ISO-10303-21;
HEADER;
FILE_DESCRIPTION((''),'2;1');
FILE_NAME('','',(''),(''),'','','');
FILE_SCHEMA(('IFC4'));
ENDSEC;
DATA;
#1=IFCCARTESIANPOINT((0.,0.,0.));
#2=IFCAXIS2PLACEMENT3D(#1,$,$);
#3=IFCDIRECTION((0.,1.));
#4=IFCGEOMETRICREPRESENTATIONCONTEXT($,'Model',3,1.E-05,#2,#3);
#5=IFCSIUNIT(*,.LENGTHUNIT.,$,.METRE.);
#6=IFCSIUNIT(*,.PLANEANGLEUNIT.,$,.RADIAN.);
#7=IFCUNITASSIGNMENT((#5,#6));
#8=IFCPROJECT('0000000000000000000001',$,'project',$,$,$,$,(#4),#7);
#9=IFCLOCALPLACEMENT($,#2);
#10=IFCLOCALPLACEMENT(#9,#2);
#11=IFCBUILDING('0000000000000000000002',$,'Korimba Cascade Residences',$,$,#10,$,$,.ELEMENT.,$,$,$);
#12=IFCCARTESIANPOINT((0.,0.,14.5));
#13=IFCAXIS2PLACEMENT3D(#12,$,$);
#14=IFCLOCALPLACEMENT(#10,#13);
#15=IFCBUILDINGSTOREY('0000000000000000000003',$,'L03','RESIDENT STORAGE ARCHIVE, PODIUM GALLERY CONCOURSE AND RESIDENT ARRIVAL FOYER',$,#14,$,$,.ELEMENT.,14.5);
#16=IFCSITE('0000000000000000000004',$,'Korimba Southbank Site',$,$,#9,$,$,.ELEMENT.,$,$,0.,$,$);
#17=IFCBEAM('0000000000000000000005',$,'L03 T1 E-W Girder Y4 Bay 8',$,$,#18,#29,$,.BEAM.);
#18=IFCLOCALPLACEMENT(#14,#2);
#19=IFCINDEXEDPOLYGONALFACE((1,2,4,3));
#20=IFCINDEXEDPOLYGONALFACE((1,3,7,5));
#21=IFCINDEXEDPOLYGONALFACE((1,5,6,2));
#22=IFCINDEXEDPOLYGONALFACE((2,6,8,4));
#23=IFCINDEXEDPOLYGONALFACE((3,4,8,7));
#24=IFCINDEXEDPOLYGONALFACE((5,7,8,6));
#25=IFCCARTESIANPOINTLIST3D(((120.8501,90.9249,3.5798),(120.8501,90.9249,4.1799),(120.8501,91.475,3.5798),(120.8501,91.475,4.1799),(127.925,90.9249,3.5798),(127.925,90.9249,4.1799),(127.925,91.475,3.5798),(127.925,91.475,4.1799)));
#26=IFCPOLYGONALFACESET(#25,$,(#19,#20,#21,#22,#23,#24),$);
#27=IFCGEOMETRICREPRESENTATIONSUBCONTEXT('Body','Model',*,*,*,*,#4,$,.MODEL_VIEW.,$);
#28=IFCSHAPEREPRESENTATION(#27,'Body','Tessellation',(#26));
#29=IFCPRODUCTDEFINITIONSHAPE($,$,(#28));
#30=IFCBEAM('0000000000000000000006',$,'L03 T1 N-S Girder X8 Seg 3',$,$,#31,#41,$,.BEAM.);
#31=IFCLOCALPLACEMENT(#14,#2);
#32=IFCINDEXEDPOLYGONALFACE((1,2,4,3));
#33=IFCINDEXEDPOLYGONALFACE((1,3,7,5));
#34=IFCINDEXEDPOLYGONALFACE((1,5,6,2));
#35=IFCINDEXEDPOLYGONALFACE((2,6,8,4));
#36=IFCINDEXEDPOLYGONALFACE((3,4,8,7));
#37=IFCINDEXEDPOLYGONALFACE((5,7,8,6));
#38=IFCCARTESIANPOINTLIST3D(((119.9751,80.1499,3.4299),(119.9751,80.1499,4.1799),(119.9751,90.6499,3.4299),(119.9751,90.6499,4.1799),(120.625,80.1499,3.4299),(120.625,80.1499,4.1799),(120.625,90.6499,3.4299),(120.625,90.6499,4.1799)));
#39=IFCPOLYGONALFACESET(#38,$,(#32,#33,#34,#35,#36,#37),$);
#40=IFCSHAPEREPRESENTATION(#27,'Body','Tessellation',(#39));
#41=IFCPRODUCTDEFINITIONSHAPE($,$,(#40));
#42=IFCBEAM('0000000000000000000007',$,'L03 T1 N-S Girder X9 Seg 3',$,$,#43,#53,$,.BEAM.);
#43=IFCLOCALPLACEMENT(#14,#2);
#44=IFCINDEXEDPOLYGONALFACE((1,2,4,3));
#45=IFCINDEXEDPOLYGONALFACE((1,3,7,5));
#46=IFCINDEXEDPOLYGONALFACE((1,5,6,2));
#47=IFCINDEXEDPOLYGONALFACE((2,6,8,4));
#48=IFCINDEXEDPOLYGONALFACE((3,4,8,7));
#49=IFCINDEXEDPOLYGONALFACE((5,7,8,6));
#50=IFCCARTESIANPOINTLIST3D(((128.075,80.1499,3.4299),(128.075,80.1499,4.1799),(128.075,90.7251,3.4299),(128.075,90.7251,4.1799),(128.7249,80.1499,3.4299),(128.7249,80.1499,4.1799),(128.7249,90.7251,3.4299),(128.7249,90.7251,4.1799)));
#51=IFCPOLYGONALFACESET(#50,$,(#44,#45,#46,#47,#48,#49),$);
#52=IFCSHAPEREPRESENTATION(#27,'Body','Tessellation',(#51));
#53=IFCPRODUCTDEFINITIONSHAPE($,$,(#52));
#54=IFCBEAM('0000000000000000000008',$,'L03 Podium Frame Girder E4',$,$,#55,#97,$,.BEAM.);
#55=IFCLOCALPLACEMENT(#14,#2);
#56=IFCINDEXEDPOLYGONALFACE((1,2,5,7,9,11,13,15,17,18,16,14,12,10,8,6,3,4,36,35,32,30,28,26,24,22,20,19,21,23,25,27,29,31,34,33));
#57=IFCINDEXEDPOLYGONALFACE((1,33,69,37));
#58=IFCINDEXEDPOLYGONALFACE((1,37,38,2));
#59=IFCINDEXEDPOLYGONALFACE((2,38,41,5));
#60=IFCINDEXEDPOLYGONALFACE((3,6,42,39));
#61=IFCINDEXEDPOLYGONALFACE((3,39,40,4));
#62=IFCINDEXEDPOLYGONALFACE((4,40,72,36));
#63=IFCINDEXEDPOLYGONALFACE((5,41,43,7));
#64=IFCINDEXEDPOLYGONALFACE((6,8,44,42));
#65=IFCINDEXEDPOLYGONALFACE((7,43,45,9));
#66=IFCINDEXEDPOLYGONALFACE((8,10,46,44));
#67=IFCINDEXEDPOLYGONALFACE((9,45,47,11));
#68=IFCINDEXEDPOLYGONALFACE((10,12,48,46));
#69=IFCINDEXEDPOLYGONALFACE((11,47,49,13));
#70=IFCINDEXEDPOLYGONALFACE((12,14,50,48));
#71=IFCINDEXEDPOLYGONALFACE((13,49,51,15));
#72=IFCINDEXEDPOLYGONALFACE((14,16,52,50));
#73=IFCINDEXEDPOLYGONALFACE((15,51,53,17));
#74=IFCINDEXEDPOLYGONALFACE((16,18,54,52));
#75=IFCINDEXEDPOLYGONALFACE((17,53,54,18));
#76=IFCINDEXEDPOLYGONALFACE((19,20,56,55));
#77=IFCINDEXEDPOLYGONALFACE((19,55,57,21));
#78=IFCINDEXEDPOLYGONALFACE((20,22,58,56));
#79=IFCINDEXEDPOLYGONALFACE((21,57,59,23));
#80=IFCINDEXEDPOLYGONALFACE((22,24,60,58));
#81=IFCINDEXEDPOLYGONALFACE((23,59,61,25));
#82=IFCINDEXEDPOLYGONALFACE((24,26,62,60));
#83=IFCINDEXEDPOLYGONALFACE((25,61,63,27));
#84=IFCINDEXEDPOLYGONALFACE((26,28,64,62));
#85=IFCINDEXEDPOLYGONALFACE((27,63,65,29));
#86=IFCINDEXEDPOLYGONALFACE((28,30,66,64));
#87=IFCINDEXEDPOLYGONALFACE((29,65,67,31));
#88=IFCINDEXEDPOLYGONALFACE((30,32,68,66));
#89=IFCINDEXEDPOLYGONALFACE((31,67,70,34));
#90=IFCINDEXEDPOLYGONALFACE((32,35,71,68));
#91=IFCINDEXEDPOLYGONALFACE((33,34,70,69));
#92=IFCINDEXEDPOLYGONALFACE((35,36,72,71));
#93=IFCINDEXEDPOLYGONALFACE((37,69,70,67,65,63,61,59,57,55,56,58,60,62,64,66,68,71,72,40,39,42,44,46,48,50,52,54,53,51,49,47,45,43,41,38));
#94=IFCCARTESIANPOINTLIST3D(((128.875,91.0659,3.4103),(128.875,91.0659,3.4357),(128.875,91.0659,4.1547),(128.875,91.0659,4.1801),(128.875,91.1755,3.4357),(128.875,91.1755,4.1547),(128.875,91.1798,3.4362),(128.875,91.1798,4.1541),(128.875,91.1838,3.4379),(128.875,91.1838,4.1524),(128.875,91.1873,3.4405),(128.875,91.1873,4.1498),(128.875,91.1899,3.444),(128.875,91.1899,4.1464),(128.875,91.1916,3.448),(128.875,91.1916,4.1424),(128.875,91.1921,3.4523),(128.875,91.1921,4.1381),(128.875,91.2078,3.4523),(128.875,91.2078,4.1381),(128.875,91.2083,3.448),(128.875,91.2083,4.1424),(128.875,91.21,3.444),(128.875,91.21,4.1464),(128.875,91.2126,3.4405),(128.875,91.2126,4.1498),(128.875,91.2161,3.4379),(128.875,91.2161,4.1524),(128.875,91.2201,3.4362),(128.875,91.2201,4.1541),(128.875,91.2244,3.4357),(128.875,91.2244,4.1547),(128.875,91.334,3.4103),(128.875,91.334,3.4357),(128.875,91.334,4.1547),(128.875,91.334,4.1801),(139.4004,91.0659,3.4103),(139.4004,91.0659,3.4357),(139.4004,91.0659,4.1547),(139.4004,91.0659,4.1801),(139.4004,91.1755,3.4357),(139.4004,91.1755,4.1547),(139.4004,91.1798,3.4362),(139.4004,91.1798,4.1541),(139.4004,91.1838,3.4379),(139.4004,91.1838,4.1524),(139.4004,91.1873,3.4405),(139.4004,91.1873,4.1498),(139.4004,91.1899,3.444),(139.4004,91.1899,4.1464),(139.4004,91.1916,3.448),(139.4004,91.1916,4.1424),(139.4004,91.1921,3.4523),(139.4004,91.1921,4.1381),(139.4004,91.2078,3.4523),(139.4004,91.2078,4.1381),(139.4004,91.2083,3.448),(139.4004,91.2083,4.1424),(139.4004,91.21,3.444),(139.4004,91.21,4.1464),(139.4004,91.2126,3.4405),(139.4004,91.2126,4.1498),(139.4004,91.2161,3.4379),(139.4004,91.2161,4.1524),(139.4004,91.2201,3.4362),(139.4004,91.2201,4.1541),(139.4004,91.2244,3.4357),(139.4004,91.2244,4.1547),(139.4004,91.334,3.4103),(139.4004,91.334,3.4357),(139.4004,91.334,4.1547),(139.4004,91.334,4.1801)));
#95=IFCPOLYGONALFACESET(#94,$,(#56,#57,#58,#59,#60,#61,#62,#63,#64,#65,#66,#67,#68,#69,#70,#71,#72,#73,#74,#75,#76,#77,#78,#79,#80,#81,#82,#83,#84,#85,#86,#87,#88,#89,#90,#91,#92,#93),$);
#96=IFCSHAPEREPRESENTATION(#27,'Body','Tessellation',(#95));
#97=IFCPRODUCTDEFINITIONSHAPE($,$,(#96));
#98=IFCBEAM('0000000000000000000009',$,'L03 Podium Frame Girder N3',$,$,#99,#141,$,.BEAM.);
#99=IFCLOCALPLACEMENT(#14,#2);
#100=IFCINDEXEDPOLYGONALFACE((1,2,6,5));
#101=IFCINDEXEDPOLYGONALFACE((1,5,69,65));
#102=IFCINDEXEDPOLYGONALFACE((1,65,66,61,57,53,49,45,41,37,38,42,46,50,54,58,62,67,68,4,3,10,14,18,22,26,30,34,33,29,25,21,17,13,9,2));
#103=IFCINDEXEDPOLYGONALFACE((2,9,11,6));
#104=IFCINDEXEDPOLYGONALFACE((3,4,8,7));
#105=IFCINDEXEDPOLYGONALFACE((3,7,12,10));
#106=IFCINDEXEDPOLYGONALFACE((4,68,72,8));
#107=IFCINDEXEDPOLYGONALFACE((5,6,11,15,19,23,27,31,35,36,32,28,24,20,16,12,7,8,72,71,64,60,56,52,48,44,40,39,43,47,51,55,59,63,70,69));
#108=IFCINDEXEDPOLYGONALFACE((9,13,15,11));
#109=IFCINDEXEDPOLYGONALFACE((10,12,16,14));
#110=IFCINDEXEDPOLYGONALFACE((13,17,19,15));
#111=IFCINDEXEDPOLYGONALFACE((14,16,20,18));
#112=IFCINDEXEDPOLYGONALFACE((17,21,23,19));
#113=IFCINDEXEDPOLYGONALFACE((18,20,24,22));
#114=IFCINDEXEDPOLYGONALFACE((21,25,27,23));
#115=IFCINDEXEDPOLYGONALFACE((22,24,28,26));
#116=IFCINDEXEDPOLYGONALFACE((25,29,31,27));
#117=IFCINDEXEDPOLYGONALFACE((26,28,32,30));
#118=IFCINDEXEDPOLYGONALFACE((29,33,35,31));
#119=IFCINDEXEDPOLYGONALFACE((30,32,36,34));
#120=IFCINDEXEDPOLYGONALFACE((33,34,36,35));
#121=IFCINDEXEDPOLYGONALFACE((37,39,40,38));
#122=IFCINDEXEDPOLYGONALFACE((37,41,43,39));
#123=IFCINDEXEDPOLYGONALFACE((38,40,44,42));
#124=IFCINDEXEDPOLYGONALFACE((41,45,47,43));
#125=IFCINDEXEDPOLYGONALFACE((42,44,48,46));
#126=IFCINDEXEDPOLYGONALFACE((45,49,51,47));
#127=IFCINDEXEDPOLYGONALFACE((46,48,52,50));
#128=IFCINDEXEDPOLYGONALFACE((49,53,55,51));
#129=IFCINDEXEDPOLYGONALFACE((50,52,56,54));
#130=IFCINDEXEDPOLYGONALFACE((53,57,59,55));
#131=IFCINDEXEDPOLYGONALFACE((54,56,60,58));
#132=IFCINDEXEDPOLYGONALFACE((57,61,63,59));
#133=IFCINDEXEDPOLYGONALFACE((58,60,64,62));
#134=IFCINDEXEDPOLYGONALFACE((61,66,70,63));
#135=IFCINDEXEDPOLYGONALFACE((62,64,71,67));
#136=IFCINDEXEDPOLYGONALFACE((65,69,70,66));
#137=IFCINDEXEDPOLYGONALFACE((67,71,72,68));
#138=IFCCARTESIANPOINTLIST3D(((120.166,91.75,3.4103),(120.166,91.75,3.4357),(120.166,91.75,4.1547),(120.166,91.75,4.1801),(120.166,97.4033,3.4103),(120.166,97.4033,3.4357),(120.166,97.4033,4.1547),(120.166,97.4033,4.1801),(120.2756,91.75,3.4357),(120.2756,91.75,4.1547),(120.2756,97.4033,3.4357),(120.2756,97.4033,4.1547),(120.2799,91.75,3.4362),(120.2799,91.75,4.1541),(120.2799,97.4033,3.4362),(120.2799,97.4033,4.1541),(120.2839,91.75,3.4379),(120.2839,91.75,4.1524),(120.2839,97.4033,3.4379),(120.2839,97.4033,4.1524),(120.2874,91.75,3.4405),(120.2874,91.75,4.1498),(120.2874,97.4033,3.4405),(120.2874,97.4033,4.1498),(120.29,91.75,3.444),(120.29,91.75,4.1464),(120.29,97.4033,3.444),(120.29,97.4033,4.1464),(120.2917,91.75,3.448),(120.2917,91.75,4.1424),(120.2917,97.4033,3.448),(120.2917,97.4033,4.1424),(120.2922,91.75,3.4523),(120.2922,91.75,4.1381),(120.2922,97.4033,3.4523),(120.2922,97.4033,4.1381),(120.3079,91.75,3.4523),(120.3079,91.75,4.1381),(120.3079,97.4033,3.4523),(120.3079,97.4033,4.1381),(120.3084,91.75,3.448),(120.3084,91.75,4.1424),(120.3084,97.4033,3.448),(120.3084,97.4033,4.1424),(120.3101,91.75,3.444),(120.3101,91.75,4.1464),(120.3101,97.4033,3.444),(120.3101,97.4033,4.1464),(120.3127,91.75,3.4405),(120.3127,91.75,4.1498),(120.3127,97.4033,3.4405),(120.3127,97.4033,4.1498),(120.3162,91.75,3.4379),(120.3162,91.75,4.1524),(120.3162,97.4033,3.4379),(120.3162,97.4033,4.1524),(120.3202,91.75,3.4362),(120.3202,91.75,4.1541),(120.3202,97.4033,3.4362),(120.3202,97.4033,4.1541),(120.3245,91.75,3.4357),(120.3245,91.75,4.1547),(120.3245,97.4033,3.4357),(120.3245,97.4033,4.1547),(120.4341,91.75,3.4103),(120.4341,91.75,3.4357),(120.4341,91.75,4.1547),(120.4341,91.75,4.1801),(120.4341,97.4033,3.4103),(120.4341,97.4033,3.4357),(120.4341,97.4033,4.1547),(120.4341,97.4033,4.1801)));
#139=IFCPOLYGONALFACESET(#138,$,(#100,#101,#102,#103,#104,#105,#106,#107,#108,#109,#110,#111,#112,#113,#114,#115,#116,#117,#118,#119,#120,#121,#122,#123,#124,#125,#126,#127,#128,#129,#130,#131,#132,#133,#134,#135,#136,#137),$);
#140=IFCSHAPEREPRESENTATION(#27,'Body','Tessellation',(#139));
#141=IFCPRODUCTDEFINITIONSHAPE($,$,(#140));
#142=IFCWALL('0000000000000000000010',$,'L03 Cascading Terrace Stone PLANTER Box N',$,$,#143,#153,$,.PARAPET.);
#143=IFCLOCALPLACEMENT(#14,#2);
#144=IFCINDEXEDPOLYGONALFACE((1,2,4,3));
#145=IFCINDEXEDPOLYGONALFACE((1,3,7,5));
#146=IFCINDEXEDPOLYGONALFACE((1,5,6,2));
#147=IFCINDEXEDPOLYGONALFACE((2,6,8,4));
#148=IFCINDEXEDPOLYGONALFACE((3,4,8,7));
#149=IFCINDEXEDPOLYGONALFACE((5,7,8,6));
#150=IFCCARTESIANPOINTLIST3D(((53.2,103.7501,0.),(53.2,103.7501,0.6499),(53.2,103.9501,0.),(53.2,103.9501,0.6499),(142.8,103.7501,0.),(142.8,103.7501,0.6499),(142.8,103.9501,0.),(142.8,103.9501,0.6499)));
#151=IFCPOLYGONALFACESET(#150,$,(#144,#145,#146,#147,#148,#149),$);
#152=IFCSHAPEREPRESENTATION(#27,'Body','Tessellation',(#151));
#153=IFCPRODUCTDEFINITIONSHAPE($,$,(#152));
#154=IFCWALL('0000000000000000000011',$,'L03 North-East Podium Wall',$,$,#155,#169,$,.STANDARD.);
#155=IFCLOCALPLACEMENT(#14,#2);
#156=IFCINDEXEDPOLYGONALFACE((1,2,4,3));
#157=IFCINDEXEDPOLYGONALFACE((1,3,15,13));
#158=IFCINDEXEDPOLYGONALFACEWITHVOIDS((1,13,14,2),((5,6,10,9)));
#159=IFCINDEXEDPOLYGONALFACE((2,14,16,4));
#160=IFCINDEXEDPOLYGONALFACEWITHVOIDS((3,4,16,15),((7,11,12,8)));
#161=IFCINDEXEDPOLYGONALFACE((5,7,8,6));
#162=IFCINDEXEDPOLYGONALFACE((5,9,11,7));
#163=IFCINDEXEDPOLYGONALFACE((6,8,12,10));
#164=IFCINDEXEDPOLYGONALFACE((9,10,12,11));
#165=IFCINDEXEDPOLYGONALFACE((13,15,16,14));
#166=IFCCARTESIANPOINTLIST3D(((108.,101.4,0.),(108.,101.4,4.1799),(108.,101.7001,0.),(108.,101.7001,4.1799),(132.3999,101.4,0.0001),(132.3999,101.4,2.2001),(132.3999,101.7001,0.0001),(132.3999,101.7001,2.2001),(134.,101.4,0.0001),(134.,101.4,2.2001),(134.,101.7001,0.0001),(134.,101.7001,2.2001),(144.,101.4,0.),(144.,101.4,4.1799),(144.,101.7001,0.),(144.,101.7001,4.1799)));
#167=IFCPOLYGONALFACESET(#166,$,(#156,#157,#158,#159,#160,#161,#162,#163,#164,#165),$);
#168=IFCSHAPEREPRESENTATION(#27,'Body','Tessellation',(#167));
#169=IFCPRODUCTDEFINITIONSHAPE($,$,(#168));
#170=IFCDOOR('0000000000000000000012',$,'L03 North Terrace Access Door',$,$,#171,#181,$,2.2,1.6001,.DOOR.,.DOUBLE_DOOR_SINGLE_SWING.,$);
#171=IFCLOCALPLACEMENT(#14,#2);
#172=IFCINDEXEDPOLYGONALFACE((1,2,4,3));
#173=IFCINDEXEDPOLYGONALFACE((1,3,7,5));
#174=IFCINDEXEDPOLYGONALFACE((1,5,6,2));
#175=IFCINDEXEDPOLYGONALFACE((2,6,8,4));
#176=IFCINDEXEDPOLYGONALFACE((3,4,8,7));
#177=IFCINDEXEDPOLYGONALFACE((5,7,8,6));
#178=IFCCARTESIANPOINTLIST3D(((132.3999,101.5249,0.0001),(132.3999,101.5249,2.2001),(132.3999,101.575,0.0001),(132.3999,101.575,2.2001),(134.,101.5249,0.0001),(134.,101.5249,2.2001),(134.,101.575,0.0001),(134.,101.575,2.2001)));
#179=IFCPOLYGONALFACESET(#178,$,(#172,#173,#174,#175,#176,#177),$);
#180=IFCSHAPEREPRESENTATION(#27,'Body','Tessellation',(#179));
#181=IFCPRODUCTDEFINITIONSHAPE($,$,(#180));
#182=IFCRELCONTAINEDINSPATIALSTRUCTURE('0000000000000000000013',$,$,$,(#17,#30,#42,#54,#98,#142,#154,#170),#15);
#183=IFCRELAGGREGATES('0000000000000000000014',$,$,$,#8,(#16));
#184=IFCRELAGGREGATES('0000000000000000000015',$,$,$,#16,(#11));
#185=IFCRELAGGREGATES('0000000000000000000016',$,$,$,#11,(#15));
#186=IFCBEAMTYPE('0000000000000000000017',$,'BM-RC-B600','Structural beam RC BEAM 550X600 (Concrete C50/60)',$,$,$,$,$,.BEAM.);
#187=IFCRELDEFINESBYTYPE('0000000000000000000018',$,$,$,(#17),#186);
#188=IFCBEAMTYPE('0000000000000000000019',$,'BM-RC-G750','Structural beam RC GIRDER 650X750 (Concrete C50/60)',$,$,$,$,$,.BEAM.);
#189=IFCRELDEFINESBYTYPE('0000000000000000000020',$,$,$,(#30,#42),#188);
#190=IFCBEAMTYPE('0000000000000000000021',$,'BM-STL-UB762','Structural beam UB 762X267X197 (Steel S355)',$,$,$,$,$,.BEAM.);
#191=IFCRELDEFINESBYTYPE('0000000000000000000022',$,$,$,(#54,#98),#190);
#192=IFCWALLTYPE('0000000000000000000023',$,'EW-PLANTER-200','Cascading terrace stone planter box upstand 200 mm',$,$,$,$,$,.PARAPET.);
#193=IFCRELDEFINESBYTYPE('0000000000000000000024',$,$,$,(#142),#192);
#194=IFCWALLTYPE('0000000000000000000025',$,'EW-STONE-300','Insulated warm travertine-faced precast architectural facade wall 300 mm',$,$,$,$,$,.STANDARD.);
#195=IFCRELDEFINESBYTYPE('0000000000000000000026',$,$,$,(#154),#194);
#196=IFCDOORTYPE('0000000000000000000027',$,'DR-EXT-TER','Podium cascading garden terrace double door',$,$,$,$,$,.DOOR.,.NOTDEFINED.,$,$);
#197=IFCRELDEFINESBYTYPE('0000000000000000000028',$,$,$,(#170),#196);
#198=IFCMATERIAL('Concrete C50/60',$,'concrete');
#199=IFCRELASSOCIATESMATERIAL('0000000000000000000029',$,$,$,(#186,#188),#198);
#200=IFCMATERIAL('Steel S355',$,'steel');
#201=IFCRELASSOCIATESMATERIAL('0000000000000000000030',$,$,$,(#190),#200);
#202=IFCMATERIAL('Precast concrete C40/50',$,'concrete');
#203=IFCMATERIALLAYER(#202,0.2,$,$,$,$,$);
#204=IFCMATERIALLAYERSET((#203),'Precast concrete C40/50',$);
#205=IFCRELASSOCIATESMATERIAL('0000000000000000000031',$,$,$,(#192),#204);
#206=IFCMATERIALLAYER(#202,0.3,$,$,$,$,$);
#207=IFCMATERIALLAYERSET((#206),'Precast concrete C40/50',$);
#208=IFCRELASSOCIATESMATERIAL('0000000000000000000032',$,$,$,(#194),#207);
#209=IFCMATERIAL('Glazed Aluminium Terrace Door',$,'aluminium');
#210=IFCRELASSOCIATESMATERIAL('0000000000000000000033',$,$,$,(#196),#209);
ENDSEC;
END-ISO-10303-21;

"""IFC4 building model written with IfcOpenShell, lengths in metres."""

from ifc_helpers import new_model, si_unit, direction, frame, frame_2d, origin, origin_2d, place, context, subcontext, project, spatial, rectangle, i_section, extrude, material, layer, layer_set, material_profile, profile_set, type_object, element, fill, save


model = new_model("IFC4")

# Units and contexts
model_context = context("Model", 3, precision=1e-05, world=origin(), true_north=direction((0.0, 1.0)))
body_context = subcontext(model_context, "Body", "Model", "MODEL_VIEW")
ifc_project = project(units=[si_unit("LENGTHUNIT", "METRE"), si_unit("PLANEANGLEUNIT", "RADIAN")], contexts=[model_context])

# Site, building, storey
site_placement = place(None, origin())
site = spatial("IfcSite", under=ifc_project, at=site_placement, Name="Korimba Southbank Site", CompositionType="ELEMENT", RefElevation=0.0)
building_placement = place(site_placement, origin())
building = spatial("IfcBuilding", under=site, at=building_placement, Name="Korimba Cascade Residences", CompositionType="ELEMENT")
storey_placement = place(building_placement, frame((0.0, 0.0, 14.5)))
storey = spatial("IfcBuildingStorey", under=building, at=storey_placement, Name="L03", Description="RESIDENT STORAGE ARCHIVE, PODIUM GALLERY CONCOURSE AND RESIDENT ARRIVAL FOYER", CompositionType="ELEMENT", Elevation=14.5)

# Shared definitions
ifc_material_1 = material(Name="Steel S355", Category="steel")

# Beams
ifc_material_2 = material(Name="Concrete C50/60", Category="concrete")
ifc_material_profile_1 = material_profile(ifc_material_2, rectangle(XDim=0.55, YDim=0.6001, at=origin_2d()), Name="Concrete C50/60")
ifc_profile_set_1 = profile_set([ifc_material_profile_1], Name="Concrete C50/60")
beam_type_1 = type_object("IfcBeamType", Name="BM-RC-B600", Description="Structural beam RC BEAM 550X600 (Concrete C50/60)", PredefinedType="BEAM", material=ifc_profile_set_1)
beam_1_placement = place(storey_placement, frame((120.8501, 91.2, 3.8799), z_axis=(1.0, 0.0, 0.0), x_axis=(0.0, 1.0, 0.0)))
element("IfcBeam", 1, at=beam_1_placement, inside=storey, type_object=beam_type_1, Name="L03 T1 E-W Girder Y4 Bay 8", PredefinedType="BEAM", context=body_context, shape_type="SweptSolid", body=[
    extrude(rectangle(XDim=0.55, YDim=0.6001, at=origin_2d()), origin(), (0.0, 0.0, 1.0), 7.075),
])
ifc_material_profile_2 = material_profile(ifc_material_2, rectangle(XDim=0.6499, YDim=0.75, at=origin_2d()), Name="Concrete C50/60")
ifc_profile_set_2 = profile_set([ifc_material_profile_2], Name="Concrete C50/60")
beam_type_2 = type_object("IfcBeamType", Name="BM-RC-G750", Description="Structural beam RC GIRDER 650X750 (Concrete C50/60)", PredefinedType="BEAM", material=ifc_profile_set_2)
beam_2_placement = place(storey_placement, frame((120.3, 80.1499, 3.8049), z_axis=(0.0, 1.0, 0.0), x_axis=(-1.0, 0.0, 0.0)))
element("IfcBeam", 2, at=beam_2_placement, inside=storey, type_object=beam_type_2, Name="L03 T1 N-S Girder X8 Seg 3", PredefinedType="BEAM", context=body_context, shape_type="SweptSolid", body=[
    extrude(rectangle(XDim=0.6499, YDim=0.75, at=origin_2d()), origin(), (0.0, 0.0, 1.0), 10.5),
])
beam_3_placement = place(storey_placement, frame((128.3999, 80.1499, 3.8049), z_axis=(0.0, 1.0, 0.0), x_axis=(-1.0, 0.0, 0.0)))
element("IfcBeam", 3, at=beam_3_placement, inside=storey, type_object=beam_type_2, Name="L03 T1 N-S Girder X9 Seg 3", PredefinedType="BEAM", context=body_context, shape_type="SweptSolid", body=[
    extrude(rectangle(XDim=0.6499, YDim=0.75, at=origin_2d()), origin(), (0.0, 0.0, 1.0), 10.5752),
])
ifc_material_profile_3 = material_profile(ifc_material_1, i_section(OverallWidth=0.2681, OverallDepth=0.7698, WebThickness=0.0156, FlangeThickness=0.0254, FilletRadius=0.0166, at=origin_2d()), Name="Steel S355")
ifc_profile_set_3 = profile_set([ifc_material_profile_3], Name="Steel S355")
beam_type_3 = type_object("IfcBeamType", Name="BM-STL-UB762", Description="Structural beam UB 762X267X197 (Steel S355)", PredefinedType="BEAM", material=ifc_profile_set_3)
beam_4_placement = place(storey_placement, frame((128.875, 91.2, 3.7952), z_axis=(1.0, 0.0, 0.0), x_axis=(0.0, 1.0, 0.0)))
element("IfcBeam", 4, at=beam_4_placement, inside=storey, type_object=beam_type_3, Name="L03 Podium Frame Girder E4", PredefinedType="BEAM", context=body_context, shape_type="SweptSolid", body=[
    extrude(i_section(OverallWidth=0.2681, OverallDepth=0.7698, WebThickness=0.0156, FlangeThickness=0.0254, FilletRadius=0.0166, at=origin_2d()), origin(), (0.0, 0.0, 1.0), 10.5254),
])
beam_5_placement = place(storey_placement, frame((120.3, 91.75, 3.7952), z_axis=(0.0, 1.0, 0.0), x_axis=(-1.0, 0.0, 0.0)))
element("IfcBeam", 5, at=beam_5_placement, inside=storey, type_object=beam_type_3, Name="L03 Podium Frame Girder N3", PredefinedType="BEAM", context=body_context, shape_type="SweptSolid", body=[
    extrude(i_section(OverallWidth=0.2681, OverallDepth=0.7698, WebThickness=0.0156, FlangeThickness=0.0254, FilletRadius=0.0166, at=origin_2d()), origin(), (0.0, 0.0, 1.0), 5.6533),
])

# Wall
ifc_material_3 = material(Name="Precast concrete C40/50", Category="concrete")
ifc_layer_1 = layer(ifc_material_3, 0.2)
ifc_layer_set_1 = layer_set([ifc_layer_1], Name="Precast concrete C40/50")
wall_type_1 = type_object("IfcWallType", Name="EW-PLANTER-200", Description="Cascading terrace stone planter box upstand 200 mm", PredefinedType="PARAPET", material=ifc_layer_set_1)
wall_1_placement = place(storey_placement, frame((142.8, 103.8501, 0.0), z_axis=(0.0, 0.0, 1.0), x_axis=(-1.0, 0.0, 0.0)))
element("IfcWall", 6, at=wall_1_placement, inside=storey, type_object=wall_type_1, Name="L03 Cascading Terrace Stone PLANTER Box N", PredefinedType="PARAPET", context=body_context, shape_type="SweptSolid", body=[
    extrude(rectangle(XDim=89.6001, YDim=0.2, at=frame_2d((44.8, 0.0))), origin(), (0.0, 0.0, 1.0), 0.6499),
])

# Wall, opening, door
ifc_layer_2 = layer(ifc_material_3, 0.3)
ifc_layer_set_2 = layer_set([ifc_layer_2], Name="Precast concrete C40/50")
wall_type_2 = type_object("IfcWallType", Name="EW-STONE-300", Description="Insulated warm travertine-faced precast architectural facade wall 300 mm", PredefinedType="STANDARD", material=ifc_layer_set_2)
wall_2_placement = place(storey_placement, frame((144.0, 101.55, 0.0), z_axis=(0.0, 0.0, 1.0), x_axis=(-1.0, 0.0, 0.0)))
wall_2 = element("IfcWall", 7, at=wall_2_placement, inside=storey, type_object=wall_type_2, Name="L03 North-East Podium Wall", PredefinedType="STANDARD", context=body_context, shape_type="SweptSolid", body=[
    extrude(rectangle(XDim=36.0, YDim=0.3, at=frame_2d((18.0, 0.0))), origin(), (0.0, 0.0, 1.0), 4.1799),
])
opening_1_placement = place(wall_2_placement, frame((10.0, 0.0, 0.0)))
opening_1 = element("IfcOpeningElement", 8, at=opening_1_placement, cuts=wall_2, PredefinedType="OPENING", context=body_context, shape_type="SweptSolid", body=[
    extrude(rectangle(XDim=1.6001, YDim=2.2, at=frame_2d((0.8, 1.1001))), frame((0.0, 0.1602, 0.0), z_axis=(0.0, -1.0, 0.0), x_axis=(1.0, 0.0, 0.0)), (0.0, 0.0, 1.0), 0.3201),
])
ifc_material_4 = material(Name="Glazed Aluminium Terrace Door", Category="aluminium")
door_type_1 = type_object("IfcDoorType", Name="DR-EXT-TER", Description="Podium cascading garden terrace double door", OperationType="NOTDEFINED", PredefinedType="DOOR", material=ifc_material_4)
door_1_placement = place(opening_1_placement, frame((1.6001, 0.0, 0.0), z_axis=(0.0, 0.0, 1.0), x_axis=(-1.0, 0.0, 0.0)))
door_1 = element("IfcDoor", 9, at=door_1_placement, inside=storey, type_object=door_type_1, Name="L03 North Terrace Access Door", OperationType="DOUBLE_DOOR_SINGLE_SWING", OverallHeight=2.2, OverallWidth=1.6001, PredefinedType="DOOR", context=body_context, shape_type="SweptSolid", body=[
    extrude(rectangle(XDim=1.6001, YDim=2.2, at=frame_2d((0.8, 1.1001))), frame((0.0, 0.0249, 0.0), z_axis=(0.0, -1.0, 0.0), x_axis=(1.0, 0.0, 0.0)), (0.0, 0.0, 1.0), 0.05),
])
fill(opening_1, door_1)

save(model, "model.ifc")
